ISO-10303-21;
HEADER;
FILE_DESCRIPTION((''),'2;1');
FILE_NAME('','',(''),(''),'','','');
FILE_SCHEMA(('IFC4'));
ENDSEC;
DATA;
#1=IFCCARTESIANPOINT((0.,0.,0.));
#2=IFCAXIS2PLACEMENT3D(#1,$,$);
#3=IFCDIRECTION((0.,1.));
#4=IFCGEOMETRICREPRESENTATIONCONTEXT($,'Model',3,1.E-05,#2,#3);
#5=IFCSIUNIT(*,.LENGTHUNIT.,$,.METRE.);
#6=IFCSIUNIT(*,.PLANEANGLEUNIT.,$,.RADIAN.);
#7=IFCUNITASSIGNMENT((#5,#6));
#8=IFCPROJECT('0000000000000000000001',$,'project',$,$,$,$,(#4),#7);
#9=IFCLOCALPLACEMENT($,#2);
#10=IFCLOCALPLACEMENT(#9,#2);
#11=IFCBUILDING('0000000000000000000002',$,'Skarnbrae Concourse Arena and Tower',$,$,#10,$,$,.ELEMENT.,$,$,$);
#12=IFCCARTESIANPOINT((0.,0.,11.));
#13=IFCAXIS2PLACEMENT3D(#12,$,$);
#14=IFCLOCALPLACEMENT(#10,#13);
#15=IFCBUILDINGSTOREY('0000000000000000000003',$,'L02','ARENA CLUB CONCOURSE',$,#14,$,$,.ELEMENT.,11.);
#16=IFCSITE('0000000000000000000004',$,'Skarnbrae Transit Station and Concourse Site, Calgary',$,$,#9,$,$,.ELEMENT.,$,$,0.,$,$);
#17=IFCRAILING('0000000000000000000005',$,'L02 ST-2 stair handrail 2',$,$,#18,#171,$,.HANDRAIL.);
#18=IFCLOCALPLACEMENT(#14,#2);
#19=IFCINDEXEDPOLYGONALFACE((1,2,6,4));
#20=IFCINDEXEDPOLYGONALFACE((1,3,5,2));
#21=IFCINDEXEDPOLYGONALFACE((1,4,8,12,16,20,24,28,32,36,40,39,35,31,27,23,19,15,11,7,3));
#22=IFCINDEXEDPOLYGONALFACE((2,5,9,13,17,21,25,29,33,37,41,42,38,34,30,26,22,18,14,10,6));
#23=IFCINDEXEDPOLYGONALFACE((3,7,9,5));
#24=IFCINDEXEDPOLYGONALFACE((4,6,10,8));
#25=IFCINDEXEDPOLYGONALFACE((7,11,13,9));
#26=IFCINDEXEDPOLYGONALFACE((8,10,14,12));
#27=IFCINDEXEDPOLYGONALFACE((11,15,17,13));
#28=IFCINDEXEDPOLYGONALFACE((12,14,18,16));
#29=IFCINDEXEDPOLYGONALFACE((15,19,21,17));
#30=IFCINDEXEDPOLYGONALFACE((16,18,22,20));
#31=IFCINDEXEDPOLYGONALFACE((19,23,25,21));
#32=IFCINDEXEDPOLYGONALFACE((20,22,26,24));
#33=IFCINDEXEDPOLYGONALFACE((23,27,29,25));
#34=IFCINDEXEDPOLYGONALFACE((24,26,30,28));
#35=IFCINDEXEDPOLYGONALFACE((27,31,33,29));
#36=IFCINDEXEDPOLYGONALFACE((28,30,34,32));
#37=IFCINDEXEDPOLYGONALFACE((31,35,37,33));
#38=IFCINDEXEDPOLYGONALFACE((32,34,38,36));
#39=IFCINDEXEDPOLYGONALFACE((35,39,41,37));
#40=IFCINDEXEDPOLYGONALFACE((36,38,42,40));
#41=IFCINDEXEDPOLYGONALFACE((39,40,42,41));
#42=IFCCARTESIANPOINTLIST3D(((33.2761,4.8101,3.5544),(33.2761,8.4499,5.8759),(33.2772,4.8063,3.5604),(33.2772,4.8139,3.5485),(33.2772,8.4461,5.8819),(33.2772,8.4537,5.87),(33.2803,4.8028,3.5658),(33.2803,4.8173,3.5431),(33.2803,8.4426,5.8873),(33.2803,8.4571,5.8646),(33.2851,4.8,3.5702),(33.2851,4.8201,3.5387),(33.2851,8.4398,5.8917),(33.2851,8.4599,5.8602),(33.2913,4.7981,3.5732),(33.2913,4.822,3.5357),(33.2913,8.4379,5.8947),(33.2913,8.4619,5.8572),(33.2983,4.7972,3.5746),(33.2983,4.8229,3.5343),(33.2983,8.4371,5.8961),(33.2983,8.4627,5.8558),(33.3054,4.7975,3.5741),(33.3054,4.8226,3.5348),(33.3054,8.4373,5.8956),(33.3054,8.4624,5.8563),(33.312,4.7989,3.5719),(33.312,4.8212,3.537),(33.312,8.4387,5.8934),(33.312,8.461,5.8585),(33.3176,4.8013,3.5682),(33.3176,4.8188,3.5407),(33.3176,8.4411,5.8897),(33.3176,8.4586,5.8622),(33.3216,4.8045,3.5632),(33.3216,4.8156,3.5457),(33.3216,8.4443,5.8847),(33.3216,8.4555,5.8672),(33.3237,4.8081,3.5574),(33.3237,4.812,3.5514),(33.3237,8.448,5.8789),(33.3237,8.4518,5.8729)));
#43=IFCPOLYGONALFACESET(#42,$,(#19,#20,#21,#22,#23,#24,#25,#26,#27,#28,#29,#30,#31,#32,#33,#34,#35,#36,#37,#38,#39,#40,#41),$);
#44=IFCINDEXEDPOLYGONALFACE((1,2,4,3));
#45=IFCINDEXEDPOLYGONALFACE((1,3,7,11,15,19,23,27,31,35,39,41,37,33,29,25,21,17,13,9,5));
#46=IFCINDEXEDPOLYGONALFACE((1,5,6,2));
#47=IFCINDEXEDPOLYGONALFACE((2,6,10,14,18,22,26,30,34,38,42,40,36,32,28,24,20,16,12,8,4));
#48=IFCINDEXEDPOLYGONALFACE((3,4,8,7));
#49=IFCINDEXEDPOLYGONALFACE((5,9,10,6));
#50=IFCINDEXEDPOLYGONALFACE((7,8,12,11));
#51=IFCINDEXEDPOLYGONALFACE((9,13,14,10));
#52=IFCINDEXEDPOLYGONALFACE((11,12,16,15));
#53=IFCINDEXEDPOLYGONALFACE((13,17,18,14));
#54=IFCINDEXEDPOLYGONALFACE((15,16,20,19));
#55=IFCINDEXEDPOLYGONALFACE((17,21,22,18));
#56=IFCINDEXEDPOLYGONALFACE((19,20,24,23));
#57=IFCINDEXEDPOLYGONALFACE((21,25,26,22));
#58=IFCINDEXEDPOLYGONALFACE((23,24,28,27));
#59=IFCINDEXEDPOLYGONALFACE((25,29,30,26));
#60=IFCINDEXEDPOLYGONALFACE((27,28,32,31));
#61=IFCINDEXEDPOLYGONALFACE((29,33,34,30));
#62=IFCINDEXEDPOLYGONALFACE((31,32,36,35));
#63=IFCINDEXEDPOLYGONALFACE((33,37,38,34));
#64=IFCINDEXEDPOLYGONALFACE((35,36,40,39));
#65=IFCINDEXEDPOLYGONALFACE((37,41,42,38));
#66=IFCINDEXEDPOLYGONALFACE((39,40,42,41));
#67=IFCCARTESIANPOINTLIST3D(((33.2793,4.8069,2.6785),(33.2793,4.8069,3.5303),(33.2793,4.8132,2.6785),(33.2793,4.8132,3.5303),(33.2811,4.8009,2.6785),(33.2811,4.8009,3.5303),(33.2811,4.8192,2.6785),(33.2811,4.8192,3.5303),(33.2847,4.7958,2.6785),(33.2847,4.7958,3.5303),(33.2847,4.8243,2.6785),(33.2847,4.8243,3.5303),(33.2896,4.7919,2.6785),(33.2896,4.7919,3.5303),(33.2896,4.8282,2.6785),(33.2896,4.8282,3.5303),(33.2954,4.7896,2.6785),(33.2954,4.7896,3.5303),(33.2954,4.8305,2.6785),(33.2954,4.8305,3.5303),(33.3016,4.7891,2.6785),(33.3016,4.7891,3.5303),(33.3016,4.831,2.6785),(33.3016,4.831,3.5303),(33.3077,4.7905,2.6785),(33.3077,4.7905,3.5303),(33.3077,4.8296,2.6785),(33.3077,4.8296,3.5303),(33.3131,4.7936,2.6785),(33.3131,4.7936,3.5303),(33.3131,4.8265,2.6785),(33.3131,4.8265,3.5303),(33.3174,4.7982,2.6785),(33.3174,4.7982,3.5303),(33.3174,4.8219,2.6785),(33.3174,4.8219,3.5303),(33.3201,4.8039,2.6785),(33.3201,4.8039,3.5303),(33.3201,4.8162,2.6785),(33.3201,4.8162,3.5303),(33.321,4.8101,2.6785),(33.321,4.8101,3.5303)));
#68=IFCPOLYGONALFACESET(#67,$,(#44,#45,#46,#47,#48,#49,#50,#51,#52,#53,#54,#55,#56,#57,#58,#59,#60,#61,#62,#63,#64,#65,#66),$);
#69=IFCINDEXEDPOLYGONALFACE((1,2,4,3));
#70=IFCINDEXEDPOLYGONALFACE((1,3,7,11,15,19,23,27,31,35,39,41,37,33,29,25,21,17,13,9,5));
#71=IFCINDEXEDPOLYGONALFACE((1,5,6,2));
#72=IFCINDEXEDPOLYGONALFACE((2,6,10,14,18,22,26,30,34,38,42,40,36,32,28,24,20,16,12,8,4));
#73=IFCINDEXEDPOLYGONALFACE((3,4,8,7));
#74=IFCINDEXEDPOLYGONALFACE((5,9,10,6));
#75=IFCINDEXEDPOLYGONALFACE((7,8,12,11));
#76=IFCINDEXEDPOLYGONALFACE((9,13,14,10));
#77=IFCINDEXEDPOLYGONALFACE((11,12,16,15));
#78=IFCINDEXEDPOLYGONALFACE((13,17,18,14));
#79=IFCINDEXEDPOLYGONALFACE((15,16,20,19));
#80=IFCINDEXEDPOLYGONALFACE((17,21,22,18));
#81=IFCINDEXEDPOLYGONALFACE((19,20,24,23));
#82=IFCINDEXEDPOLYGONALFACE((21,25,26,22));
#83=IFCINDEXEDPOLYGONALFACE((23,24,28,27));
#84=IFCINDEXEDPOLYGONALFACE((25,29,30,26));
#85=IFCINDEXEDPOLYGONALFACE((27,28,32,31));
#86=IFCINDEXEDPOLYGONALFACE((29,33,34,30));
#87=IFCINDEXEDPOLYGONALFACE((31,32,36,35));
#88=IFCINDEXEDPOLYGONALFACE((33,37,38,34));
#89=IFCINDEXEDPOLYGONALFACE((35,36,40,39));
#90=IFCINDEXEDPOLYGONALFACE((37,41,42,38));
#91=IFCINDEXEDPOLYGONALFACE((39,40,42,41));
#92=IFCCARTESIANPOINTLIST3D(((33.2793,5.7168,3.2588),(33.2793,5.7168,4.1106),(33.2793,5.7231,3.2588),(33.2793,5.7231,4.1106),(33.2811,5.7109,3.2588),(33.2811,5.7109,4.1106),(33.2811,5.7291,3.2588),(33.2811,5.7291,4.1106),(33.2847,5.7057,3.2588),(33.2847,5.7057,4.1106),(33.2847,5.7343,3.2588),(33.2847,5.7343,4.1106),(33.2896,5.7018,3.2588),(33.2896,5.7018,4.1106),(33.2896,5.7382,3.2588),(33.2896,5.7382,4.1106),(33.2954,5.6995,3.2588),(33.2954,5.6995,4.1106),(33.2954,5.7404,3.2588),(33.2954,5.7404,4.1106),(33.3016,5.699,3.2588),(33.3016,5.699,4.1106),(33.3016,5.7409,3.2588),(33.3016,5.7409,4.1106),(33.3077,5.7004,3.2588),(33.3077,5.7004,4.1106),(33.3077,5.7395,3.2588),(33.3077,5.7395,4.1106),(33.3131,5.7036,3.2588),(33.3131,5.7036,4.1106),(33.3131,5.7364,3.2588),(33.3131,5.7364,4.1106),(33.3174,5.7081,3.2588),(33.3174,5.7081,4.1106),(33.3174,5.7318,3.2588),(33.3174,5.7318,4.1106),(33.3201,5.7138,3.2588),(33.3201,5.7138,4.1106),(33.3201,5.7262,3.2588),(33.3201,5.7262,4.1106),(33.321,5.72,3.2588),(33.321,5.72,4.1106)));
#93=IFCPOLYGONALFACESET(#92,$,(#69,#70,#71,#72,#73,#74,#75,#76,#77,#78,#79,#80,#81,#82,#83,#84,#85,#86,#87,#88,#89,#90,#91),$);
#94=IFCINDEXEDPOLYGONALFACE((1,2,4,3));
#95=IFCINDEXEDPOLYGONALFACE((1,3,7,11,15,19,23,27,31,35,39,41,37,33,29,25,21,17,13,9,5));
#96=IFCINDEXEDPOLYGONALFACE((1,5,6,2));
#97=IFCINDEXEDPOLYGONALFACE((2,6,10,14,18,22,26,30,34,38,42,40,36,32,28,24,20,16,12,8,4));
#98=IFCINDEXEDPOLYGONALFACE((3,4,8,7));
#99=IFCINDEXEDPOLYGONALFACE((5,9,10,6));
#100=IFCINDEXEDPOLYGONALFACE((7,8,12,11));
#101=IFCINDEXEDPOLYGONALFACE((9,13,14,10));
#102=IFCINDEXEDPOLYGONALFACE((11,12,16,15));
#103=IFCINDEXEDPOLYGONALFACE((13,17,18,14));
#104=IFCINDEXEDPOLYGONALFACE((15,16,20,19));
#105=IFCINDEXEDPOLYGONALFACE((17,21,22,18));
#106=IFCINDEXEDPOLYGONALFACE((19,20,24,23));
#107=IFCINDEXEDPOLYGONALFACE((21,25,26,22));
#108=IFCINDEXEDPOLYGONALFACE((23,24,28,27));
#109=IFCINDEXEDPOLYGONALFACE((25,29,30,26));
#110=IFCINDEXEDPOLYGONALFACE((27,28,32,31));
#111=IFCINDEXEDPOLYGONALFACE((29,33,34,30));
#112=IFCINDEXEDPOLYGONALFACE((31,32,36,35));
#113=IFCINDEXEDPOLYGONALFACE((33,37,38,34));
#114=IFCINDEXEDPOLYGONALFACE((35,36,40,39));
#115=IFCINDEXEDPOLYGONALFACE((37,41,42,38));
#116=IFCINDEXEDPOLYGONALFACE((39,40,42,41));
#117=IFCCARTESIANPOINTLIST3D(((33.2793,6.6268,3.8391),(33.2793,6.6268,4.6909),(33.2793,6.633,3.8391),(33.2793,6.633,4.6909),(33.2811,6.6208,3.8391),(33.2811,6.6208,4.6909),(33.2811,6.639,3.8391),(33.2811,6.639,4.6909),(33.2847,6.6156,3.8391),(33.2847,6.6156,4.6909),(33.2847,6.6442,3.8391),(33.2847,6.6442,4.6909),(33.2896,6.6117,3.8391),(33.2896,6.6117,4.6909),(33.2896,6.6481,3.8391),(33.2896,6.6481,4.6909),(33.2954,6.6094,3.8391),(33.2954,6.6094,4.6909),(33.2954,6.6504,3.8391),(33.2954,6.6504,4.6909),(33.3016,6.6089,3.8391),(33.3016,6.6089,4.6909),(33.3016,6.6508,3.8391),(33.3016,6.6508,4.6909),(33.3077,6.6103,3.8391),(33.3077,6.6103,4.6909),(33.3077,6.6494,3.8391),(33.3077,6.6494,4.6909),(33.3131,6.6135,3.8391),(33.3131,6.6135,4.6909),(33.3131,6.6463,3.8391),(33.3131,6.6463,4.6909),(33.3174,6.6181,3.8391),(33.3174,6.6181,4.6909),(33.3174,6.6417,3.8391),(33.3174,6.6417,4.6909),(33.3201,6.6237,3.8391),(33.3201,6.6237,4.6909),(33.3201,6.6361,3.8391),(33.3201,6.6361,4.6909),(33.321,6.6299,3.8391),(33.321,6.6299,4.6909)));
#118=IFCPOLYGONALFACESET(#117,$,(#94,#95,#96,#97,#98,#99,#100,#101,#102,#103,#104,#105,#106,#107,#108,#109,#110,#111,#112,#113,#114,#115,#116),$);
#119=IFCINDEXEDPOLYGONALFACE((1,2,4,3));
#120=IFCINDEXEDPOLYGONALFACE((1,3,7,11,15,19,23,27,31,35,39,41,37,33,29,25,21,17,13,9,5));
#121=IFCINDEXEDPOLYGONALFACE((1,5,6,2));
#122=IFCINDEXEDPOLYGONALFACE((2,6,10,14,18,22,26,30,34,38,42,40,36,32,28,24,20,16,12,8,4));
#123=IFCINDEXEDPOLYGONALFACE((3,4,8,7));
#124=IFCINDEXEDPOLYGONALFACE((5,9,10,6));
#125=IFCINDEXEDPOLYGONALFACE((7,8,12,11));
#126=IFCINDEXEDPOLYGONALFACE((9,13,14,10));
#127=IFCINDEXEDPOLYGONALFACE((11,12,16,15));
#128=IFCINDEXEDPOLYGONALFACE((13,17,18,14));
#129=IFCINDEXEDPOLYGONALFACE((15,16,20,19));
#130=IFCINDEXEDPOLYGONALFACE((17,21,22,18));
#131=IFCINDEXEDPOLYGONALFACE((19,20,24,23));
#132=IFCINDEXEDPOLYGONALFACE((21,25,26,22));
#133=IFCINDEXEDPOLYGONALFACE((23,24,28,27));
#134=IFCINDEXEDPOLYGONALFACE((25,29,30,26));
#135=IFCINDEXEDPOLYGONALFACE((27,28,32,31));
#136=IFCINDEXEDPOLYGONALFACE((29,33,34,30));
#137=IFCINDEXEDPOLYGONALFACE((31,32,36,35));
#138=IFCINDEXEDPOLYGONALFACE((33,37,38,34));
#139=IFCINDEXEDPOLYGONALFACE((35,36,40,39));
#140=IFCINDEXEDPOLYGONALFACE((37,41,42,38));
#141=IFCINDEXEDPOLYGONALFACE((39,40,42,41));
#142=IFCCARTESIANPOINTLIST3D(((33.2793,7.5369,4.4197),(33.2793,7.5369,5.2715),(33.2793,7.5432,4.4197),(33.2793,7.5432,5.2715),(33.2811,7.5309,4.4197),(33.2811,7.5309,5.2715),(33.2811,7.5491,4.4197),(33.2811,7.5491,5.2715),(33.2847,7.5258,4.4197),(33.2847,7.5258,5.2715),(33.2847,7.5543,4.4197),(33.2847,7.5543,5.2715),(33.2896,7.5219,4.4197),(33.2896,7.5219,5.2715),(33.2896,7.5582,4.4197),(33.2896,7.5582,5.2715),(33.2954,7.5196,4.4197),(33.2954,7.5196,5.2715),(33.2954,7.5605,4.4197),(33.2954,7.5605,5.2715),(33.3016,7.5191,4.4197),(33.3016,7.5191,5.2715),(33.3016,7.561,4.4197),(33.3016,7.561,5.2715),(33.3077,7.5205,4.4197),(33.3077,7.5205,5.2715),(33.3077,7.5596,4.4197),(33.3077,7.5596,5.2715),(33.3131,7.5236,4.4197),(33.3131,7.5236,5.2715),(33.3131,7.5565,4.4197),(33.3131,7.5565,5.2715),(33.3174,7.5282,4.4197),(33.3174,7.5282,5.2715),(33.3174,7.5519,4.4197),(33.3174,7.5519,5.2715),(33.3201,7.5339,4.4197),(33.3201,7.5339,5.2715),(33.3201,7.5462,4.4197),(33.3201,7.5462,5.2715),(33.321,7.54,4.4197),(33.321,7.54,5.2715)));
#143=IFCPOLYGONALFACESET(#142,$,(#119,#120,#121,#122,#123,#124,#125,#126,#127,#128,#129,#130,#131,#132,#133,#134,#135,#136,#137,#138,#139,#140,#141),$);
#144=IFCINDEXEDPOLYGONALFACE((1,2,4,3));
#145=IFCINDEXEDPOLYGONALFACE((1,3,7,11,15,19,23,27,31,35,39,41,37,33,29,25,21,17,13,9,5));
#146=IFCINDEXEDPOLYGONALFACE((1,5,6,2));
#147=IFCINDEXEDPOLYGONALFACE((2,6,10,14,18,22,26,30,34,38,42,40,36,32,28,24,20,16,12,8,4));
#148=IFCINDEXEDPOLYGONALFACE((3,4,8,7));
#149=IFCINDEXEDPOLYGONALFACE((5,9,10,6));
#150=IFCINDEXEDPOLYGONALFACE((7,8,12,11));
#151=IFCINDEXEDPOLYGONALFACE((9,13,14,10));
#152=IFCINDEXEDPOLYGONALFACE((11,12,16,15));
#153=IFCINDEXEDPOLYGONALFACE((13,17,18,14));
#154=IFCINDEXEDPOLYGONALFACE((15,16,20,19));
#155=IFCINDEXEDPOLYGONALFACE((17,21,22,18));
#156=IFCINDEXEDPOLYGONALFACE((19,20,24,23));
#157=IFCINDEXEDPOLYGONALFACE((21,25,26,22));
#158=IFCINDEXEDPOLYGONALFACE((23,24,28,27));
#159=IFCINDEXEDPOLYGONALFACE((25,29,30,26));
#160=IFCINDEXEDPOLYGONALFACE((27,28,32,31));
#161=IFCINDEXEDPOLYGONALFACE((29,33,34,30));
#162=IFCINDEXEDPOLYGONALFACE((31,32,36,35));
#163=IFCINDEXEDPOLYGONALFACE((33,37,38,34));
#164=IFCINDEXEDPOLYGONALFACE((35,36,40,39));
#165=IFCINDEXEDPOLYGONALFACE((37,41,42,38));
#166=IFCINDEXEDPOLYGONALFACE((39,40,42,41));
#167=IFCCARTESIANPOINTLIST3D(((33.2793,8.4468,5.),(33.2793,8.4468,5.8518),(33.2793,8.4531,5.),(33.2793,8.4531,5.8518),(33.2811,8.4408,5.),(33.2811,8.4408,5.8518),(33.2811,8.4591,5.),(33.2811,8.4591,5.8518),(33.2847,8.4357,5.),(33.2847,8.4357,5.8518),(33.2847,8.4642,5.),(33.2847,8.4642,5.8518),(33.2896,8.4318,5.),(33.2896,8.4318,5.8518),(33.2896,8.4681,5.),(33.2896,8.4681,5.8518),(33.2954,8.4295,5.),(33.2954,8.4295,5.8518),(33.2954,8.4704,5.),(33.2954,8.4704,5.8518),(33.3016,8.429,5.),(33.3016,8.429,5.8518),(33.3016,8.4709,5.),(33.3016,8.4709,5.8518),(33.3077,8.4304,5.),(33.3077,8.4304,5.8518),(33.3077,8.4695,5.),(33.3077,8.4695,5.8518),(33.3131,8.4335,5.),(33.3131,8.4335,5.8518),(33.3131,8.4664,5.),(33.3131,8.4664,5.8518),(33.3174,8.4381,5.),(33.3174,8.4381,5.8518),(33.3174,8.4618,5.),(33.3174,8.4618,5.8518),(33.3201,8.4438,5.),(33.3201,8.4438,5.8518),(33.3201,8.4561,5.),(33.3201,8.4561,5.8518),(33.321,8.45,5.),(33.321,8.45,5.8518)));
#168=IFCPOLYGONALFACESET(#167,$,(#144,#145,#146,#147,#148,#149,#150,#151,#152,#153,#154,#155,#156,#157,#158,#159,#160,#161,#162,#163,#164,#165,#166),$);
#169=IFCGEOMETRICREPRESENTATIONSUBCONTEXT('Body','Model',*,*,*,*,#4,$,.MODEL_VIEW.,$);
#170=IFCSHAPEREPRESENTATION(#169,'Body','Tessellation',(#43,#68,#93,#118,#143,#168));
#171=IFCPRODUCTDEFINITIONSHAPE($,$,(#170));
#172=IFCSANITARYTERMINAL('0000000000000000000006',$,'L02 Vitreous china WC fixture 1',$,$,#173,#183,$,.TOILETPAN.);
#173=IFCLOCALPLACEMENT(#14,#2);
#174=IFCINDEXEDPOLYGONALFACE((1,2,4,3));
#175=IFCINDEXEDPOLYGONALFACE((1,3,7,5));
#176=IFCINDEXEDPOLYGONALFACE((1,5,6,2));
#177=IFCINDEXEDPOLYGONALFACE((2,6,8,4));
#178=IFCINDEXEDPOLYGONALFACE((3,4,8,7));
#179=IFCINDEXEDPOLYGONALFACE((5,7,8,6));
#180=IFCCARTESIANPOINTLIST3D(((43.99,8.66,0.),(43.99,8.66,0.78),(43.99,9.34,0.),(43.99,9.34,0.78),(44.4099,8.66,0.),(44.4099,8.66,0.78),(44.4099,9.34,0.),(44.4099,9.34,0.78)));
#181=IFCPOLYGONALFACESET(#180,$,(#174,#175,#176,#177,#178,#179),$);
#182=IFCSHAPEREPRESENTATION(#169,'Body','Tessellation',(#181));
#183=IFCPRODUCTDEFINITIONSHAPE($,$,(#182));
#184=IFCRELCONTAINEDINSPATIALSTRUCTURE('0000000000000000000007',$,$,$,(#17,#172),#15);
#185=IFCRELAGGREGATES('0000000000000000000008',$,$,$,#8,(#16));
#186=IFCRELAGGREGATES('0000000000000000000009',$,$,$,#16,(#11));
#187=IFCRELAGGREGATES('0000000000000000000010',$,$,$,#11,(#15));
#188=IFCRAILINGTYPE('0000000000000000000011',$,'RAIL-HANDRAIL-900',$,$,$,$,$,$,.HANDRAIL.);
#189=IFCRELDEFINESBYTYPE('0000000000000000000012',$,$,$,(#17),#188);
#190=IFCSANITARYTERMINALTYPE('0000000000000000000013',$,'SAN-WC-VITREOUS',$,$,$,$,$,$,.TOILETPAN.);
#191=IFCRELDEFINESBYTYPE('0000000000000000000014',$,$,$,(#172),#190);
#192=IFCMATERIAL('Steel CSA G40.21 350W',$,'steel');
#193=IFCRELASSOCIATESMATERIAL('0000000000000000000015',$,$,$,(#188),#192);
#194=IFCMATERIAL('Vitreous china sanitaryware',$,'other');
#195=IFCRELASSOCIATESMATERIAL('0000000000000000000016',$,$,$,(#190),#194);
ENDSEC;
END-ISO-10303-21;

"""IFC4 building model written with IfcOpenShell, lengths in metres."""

from ifc_helpers import new_model, si_unit, direction, frame, origin, origin_2d, place, context, subcontext, project, spatial, rectangle, circle, extrude, source, transform, mapped, material, type_object, element, save


model = new_model("IFC4")

# Units and contexts
model_context = context("Model", 3, precision=1e-05, world=origin(), true_north=direction((0.0, 1.0)))
body_context = subcontext(model_context, "Body", "Model", "MODEL_VIEW")
ifc_project = project(units=[si_unit("LENGTHUNIT", "METRE"), si_unit("PLANEANGLEUNIT", "RADIAN")], contexts=[model_context])

# Site, building, storey
site_placement = place(None, origin())
site = spatial("IfcSite", under=ifc_project, at=site_placement, Name="Skarnbrae Transit Station and Concourse Site, Calgary", CompositionType="ELEMENT", RefElevation=0.0)
building_placement = place(site_placement, origin())
building = spatial("IfcBuilding", under=site, at=building_placement, Name="Skarnbrae Concourse Arena and Tower", CompositionType="ELEMENT")
storey_placement = place(building_placement, frame((0.0, 0.0, 11.0)))
storey = spatial("IfcBuildingStorey", under=building, at=storey_placement, Name="L02", Description="ARENA CLUB CONCOURSE", CompositionType="ELEMENT", Elevation=11.0)

# Shared definitions
ifc_material_1 = material(Name="Steel CSA G40.21 350W", Category="steel")

# Railing
railing_type = type_object("IfcRailingType", Name="RAIL-HANDRAIL-900", PredefinedType="HANDRAIL", material=ifc_material_1)
railing_placement = place(storey_placement, frame((33.3, 4.8101, 2.6785)))
element("IfcRailing", 1, at=railing_placement, inside=storey, type_object=railing_type, Name="L02 ST-2 stair handrail 2", PredefinedType="HANDRAIL", context=body_context, shape_type="SweptSolid", body=[
    extrude(circle(Radius=0.0239, at=origin_2d()), frame((0.0, 0.0, 0.876), z_axis=(0.0, 0.843112, 0.537739), x_axis=(-1.0, 0.0, 0.0)), (0.0, 0.0, 1.0), 4.3171),
    extrude(circle(Radius=0.021, at=origin_2d()), origin(), (0.0, 0.0, 1.0), 0.8518),
    extrude(circle(Radius=0.021, at=origin_2d()), frame((0.0, 0.9099, 0.5803)), (0.0, 0.0, 1.0), 0.8518),
    extrude(circle(Radius=0.021, at=origin_2d()), frame((0.0, 1.8198, 1.1606)), (0.0, 0.0, 1.0), 0.8518),
    extrude(circle(Radius=0.021, at=origin_2d()), frame((0.0, 2.73, 1.7412)), (0.0, 0.0, 1.0), 0.8518),
    extrude(circle(Radius=0.021, at=origin_2d()), frame((0.0, 3.6399, 2.3215)), (0.0, 0.0, 1.0), 0.8518),
])

# Sanitary terminal
ifc_material_2 = material(Name="Vitreous china sanitaryware", Category="other")
sanitary_terminal_type = type_object("IfcSanitaryTerminalType", Name="SAN-WC-VITREOUS", PredefinedType="TOILETPAN", material=ifc_material_2)
shared_shape_1 = source(origin(), body_context, "Body", "SweptSolid", [
    extrude(rectangle(XDim=0.4199, YDim=0.6799, at=origin_2d()), origin(), (0.0, 0.0, 1.0), 0.78),
])
sanitary_terminal_placement = place(storey_placement, frame((44.2, 9.0, 0.0), z_axis=(0.0, 0.0, 1.0), x_axis=(1.0, 0.0, 0.0)))
element("IfcSanitaryTerminal", 2, at=sanitary_terminal_placement, inside=storey, type_object=sanitary_terminal_type, Name="L02 Vitreous china WC fixture 1", PredefinedType="TOILETPAN", context=body_context, shape_type="MappedRepresentation", body=[
    mapped(shared_shape_1, transform((0.0, 0.0, 0.0))),
])

save(model, "model.ifc")
